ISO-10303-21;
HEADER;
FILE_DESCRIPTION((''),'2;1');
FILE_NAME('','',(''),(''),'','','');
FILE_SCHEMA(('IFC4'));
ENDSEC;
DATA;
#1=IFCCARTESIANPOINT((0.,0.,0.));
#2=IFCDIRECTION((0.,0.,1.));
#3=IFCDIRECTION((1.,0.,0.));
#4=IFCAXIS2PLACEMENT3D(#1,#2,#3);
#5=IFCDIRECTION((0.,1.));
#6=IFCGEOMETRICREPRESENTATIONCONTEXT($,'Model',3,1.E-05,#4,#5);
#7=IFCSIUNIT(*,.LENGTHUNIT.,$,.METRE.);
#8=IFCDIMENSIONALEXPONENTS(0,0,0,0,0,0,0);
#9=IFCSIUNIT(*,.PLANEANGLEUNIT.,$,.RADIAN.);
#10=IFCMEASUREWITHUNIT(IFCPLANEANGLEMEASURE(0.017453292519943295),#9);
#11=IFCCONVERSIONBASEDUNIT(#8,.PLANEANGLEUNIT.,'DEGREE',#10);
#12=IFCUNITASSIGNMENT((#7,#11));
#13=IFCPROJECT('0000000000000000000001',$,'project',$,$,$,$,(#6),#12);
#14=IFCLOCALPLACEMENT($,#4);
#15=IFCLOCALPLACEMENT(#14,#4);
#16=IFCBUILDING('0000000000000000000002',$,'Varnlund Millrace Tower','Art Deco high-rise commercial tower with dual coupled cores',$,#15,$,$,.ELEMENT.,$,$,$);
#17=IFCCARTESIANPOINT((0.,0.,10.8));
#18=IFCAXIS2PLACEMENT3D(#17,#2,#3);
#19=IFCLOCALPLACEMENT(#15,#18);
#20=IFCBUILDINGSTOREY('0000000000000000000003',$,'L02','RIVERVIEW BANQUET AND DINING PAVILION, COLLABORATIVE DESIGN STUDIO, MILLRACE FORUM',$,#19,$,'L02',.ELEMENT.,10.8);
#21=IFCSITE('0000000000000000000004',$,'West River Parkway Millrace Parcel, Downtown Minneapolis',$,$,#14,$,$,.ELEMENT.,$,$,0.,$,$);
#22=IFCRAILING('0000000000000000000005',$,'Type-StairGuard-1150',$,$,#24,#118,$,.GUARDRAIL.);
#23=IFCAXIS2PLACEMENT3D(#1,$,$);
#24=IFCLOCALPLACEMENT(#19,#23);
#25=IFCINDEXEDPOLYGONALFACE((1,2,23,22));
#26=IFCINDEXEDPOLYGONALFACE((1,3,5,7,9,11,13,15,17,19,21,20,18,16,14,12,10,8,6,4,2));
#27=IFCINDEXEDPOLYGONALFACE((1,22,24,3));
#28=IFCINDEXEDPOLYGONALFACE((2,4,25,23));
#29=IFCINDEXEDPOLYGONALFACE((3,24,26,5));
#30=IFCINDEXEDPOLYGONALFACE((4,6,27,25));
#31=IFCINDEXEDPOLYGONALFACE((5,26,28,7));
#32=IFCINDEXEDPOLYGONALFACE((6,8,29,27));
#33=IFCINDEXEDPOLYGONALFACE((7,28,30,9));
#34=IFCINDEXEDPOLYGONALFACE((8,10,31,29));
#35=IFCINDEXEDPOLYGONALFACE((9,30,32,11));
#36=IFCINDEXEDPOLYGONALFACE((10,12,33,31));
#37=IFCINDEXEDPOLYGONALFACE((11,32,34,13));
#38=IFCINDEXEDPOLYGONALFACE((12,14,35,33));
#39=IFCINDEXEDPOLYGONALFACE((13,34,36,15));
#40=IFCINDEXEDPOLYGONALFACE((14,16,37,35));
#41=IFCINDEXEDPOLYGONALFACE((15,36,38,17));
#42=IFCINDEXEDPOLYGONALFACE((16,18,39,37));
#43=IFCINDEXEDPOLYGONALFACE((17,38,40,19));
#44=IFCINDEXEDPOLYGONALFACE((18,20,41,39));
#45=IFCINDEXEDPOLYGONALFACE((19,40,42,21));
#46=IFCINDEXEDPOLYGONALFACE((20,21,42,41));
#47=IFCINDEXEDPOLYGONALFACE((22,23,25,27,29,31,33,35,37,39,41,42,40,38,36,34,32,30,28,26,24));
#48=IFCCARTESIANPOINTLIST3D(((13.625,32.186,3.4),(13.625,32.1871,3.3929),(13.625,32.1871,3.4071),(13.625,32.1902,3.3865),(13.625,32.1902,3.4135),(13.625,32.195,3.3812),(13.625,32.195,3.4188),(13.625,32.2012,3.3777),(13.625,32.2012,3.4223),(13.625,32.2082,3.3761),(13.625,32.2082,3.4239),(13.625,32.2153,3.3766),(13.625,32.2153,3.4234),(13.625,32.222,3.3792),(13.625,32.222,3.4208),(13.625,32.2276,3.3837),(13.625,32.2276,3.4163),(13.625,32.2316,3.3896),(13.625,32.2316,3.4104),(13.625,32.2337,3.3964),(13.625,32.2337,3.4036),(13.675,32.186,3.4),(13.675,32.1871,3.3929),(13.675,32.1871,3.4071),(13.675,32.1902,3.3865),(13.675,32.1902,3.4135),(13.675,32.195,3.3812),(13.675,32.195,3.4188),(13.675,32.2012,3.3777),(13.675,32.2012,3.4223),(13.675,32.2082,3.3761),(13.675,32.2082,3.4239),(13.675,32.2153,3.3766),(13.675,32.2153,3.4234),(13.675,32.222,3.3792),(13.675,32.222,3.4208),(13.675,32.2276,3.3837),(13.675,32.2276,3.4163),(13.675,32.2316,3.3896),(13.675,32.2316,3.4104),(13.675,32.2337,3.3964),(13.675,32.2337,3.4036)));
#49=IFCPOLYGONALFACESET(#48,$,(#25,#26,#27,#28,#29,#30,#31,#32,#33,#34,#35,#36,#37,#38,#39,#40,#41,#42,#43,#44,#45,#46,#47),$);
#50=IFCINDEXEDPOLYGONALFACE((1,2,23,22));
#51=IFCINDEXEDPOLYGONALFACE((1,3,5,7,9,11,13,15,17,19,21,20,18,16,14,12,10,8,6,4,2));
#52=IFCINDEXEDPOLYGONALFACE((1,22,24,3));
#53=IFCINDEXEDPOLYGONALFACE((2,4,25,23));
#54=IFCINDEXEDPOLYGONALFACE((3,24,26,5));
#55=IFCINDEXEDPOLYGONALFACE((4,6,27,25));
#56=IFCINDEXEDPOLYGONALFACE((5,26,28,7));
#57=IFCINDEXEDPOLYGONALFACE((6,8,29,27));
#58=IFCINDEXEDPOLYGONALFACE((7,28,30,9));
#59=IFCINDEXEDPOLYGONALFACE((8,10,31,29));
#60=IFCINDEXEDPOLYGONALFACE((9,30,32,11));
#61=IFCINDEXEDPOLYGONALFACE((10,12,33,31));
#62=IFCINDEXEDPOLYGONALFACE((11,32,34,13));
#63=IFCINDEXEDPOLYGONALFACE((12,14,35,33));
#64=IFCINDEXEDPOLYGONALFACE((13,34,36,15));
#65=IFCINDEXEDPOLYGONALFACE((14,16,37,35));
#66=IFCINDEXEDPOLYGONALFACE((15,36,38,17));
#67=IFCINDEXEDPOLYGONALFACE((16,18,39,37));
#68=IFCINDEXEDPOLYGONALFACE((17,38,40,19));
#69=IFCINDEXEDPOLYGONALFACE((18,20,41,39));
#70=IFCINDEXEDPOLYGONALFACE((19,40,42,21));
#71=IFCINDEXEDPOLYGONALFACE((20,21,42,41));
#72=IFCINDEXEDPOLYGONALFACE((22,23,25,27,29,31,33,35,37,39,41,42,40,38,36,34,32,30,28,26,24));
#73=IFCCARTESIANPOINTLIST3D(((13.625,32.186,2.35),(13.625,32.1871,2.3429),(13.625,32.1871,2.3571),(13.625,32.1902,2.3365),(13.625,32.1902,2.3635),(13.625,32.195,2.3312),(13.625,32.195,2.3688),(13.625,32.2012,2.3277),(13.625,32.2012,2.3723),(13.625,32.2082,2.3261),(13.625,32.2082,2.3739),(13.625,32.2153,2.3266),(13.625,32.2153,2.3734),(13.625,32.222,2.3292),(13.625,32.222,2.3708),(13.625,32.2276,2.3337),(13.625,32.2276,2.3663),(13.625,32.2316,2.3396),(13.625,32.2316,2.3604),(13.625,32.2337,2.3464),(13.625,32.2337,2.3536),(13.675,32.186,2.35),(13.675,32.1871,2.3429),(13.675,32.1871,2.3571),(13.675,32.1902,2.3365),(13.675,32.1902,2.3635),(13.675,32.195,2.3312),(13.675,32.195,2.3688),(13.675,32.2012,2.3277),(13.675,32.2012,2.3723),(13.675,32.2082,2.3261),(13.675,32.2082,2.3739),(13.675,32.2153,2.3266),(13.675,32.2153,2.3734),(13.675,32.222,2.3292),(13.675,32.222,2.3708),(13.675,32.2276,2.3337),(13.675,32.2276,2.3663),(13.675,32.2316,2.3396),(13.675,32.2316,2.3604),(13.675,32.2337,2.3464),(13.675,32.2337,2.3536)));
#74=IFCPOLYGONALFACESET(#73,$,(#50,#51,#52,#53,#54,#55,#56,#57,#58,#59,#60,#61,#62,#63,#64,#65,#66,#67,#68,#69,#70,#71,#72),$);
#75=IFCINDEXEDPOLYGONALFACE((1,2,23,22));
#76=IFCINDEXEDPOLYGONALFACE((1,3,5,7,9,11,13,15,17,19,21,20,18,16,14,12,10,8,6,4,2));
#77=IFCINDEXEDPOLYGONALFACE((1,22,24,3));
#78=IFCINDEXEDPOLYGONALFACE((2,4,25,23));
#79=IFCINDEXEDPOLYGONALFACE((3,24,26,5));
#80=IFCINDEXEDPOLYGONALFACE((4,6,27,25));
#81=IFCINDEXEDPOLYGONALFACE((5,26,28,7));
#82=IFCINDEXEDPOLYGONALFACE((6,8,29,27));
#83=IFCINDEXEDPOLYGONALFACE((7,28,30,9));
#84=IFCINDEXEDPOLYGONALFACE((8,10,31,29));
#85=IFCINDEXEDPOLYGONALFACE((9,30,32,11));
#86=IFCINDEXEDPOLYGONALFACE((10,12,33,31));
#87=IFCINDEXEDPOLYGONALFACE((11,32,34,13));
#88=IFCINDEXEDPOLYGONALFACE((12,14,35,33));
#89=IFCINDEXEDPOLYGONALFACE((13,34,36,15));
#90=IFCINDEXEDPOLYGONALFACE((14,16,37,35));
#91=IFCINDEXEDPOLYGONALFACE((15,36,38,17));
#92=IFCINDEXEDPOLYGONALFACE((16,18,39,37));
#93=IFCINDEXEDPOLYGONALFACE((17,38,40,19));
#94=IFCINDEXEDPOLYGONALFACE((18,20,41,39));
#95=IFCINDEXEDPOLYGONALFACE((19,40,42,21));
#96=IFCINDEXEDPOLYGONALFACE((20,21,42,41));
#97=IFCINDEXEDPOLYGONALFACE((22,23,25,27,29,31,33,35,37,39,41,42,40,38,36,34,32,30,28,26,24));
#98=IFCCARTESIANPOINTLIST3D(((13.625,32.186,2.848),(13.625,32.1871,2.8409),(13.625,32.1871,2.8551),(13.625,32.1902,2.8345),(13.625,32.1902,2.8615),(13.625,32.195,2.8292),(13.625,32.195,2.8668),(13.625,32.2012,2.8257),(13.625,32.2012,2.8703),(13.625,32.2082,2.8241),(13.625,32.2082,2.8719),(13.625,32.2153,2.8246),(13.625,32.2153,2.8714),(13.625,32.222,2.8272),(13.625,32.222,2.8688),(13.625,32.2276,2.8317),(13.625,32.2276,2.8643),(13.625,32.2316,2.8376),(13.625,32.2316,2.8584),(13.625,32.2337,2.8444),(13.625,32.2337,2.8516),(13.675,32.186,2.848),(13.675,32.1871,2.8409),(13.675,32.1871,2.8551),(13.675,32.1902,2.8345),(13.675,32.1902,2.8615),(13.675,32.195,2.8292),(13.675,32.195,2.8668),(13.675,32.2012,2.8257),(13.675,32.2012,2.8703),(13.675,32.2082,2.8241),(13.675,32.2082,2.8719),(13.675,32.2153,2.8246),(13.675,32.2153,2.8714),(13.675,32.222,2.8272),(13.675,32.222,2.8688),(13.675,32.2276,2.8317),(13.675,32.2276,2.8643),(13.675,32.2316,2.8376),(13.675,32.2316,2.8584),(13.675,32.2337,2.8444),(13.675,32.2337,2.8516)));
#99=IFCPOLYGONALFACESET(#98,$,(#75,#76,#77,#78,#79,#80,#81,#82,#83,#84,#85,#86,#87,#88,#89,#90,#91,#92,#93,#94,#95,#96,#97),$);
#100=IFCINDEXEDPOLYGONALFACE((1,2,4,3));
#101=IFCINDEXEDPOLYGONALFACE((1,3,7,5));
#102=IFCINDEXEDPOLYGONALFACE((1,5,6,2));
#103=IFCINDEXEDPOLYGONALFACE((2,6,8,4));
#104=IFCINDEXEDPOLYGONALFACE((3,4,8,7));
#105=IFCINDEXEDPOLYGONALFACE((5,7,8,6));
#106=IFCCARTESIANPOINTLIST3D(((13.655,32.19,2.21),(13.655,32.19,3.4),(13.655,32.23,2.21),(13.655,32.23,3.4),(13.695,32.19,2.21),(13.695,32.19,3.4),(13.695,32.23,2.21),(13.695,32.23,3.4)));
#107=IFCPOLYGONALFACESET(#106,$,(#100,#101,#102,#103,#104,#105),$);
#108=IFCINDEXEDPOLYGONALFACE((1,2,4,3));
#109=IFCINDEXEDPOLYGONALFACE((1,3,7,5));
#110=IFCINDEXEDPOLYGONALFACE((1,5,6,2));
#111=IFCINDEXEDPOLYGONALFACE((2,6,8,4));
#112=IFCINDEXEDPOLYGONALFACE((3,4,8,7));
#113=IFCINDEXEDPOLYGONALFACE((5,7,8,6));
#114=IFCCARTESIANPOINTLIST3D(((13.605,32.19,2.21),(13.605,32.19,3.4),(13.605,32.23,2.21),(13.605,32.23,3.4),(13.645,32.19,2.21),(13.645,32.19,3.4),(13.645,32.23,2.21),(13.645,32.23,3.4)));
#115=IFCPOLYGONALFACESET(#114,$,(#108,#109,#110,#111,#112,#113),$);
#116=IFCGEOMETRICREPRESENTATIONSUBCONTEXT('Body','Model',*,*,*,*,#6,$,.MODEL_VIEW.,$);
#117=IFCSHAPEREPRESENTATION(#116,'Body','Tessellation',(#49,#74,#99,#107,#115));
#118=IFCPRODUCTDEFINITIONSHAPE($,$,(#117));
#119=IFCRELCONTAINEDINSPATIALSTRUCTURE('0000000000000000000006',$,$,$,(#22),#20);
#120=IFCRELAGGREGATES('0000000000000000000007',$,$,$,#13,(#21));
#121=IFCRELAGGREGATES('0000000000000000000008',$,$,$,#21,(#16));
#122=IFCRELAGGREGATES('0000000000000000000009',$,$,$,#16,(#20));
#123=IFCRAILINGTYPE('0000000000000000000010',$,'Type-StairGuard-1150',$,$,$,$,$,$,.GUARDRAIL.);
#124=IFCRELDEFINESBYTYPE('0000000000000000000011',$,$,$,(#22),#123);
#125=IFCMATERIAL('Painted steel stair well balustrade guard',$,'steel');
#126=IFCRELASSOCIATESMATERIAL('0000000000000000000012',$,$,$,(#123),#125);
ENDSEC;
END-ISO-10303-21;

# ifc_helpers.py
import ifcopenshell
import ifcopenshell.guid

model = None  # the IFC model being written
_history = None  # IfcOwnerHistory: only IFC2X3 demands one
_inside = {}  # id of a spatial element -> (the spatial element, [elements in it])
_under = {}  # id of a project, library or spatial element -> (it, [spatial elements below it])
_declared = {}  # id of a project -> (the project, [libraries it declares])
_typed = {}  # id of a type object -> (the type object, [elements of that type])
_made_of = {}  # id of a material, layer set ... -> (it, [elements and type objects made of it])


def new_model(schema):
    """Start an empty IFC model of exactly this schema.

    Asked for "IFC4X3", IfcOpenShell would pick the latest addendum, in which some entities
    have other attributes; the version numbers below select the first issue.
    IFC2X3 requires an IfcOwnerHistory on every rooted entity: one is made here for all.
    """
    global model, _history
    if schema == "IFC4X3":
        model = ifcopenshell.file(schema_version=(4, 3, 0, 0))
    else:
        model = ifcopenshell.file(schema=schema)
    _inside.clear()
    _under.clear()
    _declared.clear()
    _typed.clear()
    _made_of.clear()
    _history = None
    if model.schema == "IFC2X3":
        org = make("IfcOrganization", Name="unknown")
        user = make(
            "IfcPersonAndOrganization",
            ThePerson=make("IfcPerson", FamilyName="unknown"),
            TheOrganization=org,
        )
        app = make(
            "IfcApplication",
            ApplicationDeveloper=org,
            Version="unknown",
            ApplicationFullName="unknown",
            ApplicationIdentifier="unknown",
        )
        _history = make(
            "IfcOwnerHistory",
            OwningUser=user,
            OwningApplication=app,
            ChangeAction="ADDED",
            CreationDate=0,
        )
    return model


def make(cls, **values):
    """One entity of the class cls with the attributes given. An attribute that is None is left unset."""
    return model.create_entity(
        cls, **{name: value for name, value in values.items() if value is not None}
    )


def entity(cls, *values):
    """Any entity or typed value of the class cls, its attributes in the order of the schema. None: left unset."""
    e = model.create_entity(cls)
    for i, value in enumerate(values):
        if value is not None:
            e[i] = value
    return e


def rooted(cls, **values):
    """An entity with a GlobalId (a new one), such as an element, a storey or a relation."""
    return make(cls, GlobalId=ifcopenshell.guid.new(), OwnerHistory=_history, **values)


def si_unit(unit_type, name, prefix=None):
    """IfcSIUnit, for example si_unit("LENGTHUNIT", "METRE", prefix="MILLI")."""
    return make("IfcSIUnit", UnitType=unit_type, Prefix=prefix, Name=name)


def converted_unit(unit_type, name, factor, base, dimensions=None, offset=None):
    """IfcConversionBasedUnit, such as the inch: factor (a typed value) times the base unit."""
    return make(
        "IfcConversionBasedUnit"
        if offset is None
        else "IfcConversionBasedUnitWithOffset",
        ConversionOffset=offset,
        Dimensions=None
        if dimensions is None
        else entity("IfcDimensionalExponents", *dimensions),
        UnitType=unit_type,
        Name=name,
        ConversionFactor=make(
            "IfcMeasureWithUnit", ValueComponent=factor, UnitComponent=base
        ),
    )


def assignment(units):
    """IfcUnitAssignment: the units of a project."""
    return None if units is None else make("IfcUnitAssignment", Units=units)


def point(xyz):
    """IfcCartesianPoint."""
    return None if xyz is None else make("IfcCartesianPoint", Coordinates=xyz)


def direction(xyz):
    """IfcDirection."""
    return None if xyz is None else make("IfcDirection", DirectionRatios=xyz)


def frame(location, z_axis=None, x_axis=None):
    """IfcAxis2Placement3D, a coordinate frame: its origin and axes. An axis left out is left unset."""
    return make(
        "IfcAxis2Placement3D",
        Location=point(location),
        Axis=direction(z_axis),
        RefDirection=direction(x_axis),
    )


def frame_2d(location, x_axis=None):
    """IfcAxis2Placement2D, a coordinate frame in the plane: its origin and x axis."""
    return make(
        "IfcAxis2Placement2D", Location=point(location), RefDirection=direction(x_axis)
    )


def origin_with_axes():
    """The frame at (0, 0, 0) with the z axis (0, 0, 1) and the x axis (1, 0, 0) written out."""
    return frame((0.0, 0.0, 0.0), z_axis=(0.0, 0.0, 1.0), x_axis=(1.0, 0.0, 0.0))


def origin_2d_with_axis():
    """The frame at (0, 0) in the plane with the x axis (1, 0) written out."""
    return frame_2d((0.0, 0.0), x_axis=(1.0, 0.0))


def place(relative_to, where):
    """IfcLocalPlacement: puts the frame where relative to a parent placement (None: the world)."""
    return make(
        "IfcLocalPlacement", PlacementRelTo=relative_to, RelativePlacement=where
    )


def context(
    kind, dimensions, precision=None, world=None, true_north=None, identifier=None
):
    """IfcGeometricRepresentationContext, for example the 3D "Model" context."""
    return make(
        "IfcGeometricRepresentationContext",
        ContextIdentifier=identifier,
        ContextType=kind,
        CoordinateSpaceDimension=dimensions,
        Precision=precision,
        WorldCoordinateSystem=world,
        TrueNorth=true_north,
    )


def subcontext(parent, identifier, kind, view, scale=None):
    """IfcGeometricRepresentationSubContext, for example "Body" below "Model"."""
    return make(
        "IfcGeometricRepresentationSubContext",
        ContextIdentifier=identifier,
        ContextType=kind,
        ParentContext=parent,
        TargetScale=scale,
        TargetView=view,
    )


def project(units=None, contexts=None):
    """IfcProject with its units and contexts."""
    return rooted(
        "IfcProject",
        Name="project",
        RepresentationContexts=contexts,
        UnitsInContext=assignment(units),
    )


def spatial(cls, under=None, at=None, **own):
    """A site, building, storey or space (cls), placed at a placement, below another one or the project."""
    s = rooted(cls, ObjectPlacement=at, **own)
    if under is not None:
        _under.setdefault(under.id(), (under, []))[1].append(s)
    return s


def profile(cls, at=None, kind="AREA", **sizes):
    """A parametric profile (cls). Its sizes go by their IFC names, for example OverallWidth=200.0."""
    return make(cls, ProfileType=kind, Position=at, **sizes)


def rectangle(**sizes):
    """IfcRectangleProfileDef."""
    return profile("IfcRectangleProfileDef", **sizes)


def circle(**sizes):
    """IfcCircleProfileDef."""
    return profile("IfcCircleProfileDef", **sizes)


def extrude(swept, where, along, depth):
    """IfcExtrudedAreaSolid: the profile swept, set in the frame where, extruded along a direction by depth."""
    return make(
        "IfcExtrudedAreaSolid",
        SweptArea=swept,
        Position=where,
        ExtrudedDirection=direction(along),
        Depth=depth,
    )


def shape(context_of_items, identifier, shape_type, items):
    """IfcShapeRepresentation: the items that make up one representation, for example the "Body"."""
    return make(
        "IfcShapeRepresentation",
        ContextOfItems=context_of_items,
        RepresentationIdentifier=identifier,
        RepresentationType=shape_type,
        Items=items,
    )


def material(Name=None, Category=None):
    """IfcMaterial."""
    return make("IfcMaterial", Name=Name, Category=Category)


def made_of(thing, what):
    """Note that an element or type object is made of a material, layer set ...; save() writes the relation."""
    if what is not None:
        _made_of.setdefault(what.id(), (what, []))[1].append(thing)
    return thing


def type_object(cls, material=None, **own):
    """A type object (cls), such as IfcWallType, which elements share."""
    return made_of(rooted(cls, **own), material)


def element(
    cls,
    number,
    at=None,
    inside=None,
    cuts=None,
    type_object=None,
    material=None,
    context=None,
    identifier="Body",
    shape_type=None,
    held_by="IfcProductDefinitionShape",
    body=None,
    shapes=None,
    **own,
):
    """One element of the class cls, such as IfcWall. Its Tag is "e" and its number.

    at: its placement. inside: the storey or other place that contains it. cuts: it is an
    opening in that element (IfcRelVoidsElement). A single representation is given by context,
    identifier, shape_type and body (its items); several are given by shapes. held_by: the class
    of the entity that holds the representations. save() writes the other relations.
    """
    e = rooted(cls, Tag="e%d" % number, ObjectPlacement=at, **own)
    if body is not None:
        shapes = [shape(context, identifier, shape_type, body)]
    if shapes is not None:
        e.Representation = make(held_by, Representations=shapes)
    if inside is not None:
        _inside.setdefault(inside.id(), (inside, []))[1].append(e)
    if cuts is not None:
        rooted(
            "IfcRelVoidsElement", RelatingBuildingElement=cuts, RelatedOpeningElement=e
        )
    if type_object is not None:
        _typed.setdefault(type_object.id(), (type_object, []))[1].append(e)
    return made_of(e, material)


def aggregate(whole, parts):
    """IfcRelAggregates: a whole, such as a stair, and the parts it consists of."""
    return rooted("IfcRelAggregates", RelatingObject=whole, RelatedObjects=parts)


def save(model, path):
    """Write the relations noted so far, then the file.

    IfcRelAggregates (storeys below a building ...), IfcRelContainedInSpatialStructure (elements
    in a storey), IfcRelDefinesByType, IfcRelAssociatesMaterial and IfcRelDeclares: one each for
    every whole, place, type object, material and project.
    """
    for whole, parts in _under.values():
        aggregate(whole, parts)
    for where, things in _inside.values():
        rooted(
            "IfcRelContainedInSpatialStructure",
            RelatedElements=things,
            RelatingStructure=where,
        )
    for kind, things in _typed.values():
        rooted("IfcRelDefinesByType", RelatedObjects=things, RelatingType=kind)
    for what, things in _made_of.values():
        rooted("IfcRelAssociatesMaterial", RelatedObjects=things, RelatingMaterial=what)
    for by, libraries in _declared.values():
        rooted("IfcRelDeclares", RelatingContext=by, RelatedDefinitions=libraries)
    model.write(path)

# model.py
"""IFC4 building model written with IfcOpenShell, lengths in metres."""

from ifc_helpers import new_model, entity, si_unit, converted_unit, direction, frame, origin_with_axes, origin_2d_with_axis, place, context, subcontext, project, spatial, rectangle, circle, extrude, material, type_object, element, save


model = new_model("IFC4")

# Units and contexts
model_context = context("Model", 3, precision=1e-05, world=origin_with_axes(), true_north=direction((0.0, 1.0)))
body_context = subcontext(model_context, "Body", "Model", "MODEL_VIEW")
ifc_project = project(units=[si_unit("LENGTHUNIT", "METRE"), converted_unit("PLANEANGLEUNIT", "DEGREE", entity("IfcPlaneAngleMeasure", 0.017453292519943295), si_unit("PLANEANGLEUNIT", "RADIAN"), dimensions=[0, 0, 0, 0, 0, 0, 0])], contexts=[model_context])

# Site, building, storey
site_placement = place(None, origin_with_axes())
site = spatial("IfcSite", under=ifc_project, at=site_placement, Name="West River Parkway Millrace Parcel, Downtown Minneapolis", CompositionType="ELEMENT", RefElevation=0.0)
building_placement = place(site_placement, origin_with_axes())
building = spatial("IfcBuilding", under=site, at=building_placement, Name="Varnlund Millrace Tower", Description="Art Deco high-rise commercial tower with dual coupled cores", CompositionType="ELEMENT")
storey_placement = place(building_placement, frame((0.0, 0.0, 10.8), z_axis=(0.0, 0.0, 1.0), x_axis=(1.0, 0.0, 0.0)))
storey = spatial("IfcBuildingStorey", under=building, at=storey_placement, Name="L02", Description="RIVERVIEW BANQUET AND DINING PAVILION, COLLABORATIVE DESIGN STUDIO, MILLRACE FORUM", LongName="L02", CompositionType="ELEMENT", Elevation=10.8)

# Railing
ifc_material_1 = material(Name="Painted steel stair well balustrade guard", Category="steel")
railing_type_1 = type_object("IfcRailingType", Name="Type-StairGuard-1150", PredefinedType="GUARDRAIL", material=ifc_material_1)
railing_1_placement = place(storey_placement, frame((0.0, 0.0, -10.8), z_axis=(0.0, 0.0, 1.0), x_axis=(1.0, 0.0, 0.0)))
element("IfcRailing", 1, at=railing_1_placement, inside=storey, type_object=railing_type_1, Name="Type-StairGuard-1150", PredefinedType="GUARDRAIL", context=body_context, shape_type="SweptSolid", body=[
    extrude(circle(Radius=0.024, at=origin_2d_with_axis()), frame((13.675, 32.21, 14.2), z_axis=(-1.0, 0.0, 0.0), x_axis=(0.0, -1.0, 0.0)), (0.0, 0.0, 1.0), 0.05),
    extrude(circle(Radius=0.024, at=origin_2d_with_axis()), frame((13.675, 32.21, 13.15), z_axis=(-1.0, 0.0, 0.0), x_axis=(0.0, -1.0, 0.0)), (0.0, 0.0, 1.0), 0.05),
    extrude(circle(Radius=0.024, at=origin_2d_with_axis()), frame((13.675, 32.21, 13.648), z_axis=(-1.0, 0.0, 0.0), x_axis=(0.0, -1.0, 0.0)), (0.0, 0.0, 1.0), 0.05),
    extrude(rectangle(XDim=0.04, YDim=0.04, at=origin_2d_with_axis()), frame((13.675, 32.21, 13.01), z_axis=(0.0, 0.0, 1.0), x_axis=(1.0, 0.0, 0.0)), (0.0, 0.0, 1.0), 1.19),
    extrude(rectangle(XDim=0.04, YDim=0.04, at=origin_2d_with_axis()), frame((13.625, 32.21, 13.01), z_axis=(0.0, 0.0, 1.0), x_axis=(1.0, 0.0, 0.0)), (0.0, 0.0, 1.0), 1.19),
])

save(model, "model.ifc")
